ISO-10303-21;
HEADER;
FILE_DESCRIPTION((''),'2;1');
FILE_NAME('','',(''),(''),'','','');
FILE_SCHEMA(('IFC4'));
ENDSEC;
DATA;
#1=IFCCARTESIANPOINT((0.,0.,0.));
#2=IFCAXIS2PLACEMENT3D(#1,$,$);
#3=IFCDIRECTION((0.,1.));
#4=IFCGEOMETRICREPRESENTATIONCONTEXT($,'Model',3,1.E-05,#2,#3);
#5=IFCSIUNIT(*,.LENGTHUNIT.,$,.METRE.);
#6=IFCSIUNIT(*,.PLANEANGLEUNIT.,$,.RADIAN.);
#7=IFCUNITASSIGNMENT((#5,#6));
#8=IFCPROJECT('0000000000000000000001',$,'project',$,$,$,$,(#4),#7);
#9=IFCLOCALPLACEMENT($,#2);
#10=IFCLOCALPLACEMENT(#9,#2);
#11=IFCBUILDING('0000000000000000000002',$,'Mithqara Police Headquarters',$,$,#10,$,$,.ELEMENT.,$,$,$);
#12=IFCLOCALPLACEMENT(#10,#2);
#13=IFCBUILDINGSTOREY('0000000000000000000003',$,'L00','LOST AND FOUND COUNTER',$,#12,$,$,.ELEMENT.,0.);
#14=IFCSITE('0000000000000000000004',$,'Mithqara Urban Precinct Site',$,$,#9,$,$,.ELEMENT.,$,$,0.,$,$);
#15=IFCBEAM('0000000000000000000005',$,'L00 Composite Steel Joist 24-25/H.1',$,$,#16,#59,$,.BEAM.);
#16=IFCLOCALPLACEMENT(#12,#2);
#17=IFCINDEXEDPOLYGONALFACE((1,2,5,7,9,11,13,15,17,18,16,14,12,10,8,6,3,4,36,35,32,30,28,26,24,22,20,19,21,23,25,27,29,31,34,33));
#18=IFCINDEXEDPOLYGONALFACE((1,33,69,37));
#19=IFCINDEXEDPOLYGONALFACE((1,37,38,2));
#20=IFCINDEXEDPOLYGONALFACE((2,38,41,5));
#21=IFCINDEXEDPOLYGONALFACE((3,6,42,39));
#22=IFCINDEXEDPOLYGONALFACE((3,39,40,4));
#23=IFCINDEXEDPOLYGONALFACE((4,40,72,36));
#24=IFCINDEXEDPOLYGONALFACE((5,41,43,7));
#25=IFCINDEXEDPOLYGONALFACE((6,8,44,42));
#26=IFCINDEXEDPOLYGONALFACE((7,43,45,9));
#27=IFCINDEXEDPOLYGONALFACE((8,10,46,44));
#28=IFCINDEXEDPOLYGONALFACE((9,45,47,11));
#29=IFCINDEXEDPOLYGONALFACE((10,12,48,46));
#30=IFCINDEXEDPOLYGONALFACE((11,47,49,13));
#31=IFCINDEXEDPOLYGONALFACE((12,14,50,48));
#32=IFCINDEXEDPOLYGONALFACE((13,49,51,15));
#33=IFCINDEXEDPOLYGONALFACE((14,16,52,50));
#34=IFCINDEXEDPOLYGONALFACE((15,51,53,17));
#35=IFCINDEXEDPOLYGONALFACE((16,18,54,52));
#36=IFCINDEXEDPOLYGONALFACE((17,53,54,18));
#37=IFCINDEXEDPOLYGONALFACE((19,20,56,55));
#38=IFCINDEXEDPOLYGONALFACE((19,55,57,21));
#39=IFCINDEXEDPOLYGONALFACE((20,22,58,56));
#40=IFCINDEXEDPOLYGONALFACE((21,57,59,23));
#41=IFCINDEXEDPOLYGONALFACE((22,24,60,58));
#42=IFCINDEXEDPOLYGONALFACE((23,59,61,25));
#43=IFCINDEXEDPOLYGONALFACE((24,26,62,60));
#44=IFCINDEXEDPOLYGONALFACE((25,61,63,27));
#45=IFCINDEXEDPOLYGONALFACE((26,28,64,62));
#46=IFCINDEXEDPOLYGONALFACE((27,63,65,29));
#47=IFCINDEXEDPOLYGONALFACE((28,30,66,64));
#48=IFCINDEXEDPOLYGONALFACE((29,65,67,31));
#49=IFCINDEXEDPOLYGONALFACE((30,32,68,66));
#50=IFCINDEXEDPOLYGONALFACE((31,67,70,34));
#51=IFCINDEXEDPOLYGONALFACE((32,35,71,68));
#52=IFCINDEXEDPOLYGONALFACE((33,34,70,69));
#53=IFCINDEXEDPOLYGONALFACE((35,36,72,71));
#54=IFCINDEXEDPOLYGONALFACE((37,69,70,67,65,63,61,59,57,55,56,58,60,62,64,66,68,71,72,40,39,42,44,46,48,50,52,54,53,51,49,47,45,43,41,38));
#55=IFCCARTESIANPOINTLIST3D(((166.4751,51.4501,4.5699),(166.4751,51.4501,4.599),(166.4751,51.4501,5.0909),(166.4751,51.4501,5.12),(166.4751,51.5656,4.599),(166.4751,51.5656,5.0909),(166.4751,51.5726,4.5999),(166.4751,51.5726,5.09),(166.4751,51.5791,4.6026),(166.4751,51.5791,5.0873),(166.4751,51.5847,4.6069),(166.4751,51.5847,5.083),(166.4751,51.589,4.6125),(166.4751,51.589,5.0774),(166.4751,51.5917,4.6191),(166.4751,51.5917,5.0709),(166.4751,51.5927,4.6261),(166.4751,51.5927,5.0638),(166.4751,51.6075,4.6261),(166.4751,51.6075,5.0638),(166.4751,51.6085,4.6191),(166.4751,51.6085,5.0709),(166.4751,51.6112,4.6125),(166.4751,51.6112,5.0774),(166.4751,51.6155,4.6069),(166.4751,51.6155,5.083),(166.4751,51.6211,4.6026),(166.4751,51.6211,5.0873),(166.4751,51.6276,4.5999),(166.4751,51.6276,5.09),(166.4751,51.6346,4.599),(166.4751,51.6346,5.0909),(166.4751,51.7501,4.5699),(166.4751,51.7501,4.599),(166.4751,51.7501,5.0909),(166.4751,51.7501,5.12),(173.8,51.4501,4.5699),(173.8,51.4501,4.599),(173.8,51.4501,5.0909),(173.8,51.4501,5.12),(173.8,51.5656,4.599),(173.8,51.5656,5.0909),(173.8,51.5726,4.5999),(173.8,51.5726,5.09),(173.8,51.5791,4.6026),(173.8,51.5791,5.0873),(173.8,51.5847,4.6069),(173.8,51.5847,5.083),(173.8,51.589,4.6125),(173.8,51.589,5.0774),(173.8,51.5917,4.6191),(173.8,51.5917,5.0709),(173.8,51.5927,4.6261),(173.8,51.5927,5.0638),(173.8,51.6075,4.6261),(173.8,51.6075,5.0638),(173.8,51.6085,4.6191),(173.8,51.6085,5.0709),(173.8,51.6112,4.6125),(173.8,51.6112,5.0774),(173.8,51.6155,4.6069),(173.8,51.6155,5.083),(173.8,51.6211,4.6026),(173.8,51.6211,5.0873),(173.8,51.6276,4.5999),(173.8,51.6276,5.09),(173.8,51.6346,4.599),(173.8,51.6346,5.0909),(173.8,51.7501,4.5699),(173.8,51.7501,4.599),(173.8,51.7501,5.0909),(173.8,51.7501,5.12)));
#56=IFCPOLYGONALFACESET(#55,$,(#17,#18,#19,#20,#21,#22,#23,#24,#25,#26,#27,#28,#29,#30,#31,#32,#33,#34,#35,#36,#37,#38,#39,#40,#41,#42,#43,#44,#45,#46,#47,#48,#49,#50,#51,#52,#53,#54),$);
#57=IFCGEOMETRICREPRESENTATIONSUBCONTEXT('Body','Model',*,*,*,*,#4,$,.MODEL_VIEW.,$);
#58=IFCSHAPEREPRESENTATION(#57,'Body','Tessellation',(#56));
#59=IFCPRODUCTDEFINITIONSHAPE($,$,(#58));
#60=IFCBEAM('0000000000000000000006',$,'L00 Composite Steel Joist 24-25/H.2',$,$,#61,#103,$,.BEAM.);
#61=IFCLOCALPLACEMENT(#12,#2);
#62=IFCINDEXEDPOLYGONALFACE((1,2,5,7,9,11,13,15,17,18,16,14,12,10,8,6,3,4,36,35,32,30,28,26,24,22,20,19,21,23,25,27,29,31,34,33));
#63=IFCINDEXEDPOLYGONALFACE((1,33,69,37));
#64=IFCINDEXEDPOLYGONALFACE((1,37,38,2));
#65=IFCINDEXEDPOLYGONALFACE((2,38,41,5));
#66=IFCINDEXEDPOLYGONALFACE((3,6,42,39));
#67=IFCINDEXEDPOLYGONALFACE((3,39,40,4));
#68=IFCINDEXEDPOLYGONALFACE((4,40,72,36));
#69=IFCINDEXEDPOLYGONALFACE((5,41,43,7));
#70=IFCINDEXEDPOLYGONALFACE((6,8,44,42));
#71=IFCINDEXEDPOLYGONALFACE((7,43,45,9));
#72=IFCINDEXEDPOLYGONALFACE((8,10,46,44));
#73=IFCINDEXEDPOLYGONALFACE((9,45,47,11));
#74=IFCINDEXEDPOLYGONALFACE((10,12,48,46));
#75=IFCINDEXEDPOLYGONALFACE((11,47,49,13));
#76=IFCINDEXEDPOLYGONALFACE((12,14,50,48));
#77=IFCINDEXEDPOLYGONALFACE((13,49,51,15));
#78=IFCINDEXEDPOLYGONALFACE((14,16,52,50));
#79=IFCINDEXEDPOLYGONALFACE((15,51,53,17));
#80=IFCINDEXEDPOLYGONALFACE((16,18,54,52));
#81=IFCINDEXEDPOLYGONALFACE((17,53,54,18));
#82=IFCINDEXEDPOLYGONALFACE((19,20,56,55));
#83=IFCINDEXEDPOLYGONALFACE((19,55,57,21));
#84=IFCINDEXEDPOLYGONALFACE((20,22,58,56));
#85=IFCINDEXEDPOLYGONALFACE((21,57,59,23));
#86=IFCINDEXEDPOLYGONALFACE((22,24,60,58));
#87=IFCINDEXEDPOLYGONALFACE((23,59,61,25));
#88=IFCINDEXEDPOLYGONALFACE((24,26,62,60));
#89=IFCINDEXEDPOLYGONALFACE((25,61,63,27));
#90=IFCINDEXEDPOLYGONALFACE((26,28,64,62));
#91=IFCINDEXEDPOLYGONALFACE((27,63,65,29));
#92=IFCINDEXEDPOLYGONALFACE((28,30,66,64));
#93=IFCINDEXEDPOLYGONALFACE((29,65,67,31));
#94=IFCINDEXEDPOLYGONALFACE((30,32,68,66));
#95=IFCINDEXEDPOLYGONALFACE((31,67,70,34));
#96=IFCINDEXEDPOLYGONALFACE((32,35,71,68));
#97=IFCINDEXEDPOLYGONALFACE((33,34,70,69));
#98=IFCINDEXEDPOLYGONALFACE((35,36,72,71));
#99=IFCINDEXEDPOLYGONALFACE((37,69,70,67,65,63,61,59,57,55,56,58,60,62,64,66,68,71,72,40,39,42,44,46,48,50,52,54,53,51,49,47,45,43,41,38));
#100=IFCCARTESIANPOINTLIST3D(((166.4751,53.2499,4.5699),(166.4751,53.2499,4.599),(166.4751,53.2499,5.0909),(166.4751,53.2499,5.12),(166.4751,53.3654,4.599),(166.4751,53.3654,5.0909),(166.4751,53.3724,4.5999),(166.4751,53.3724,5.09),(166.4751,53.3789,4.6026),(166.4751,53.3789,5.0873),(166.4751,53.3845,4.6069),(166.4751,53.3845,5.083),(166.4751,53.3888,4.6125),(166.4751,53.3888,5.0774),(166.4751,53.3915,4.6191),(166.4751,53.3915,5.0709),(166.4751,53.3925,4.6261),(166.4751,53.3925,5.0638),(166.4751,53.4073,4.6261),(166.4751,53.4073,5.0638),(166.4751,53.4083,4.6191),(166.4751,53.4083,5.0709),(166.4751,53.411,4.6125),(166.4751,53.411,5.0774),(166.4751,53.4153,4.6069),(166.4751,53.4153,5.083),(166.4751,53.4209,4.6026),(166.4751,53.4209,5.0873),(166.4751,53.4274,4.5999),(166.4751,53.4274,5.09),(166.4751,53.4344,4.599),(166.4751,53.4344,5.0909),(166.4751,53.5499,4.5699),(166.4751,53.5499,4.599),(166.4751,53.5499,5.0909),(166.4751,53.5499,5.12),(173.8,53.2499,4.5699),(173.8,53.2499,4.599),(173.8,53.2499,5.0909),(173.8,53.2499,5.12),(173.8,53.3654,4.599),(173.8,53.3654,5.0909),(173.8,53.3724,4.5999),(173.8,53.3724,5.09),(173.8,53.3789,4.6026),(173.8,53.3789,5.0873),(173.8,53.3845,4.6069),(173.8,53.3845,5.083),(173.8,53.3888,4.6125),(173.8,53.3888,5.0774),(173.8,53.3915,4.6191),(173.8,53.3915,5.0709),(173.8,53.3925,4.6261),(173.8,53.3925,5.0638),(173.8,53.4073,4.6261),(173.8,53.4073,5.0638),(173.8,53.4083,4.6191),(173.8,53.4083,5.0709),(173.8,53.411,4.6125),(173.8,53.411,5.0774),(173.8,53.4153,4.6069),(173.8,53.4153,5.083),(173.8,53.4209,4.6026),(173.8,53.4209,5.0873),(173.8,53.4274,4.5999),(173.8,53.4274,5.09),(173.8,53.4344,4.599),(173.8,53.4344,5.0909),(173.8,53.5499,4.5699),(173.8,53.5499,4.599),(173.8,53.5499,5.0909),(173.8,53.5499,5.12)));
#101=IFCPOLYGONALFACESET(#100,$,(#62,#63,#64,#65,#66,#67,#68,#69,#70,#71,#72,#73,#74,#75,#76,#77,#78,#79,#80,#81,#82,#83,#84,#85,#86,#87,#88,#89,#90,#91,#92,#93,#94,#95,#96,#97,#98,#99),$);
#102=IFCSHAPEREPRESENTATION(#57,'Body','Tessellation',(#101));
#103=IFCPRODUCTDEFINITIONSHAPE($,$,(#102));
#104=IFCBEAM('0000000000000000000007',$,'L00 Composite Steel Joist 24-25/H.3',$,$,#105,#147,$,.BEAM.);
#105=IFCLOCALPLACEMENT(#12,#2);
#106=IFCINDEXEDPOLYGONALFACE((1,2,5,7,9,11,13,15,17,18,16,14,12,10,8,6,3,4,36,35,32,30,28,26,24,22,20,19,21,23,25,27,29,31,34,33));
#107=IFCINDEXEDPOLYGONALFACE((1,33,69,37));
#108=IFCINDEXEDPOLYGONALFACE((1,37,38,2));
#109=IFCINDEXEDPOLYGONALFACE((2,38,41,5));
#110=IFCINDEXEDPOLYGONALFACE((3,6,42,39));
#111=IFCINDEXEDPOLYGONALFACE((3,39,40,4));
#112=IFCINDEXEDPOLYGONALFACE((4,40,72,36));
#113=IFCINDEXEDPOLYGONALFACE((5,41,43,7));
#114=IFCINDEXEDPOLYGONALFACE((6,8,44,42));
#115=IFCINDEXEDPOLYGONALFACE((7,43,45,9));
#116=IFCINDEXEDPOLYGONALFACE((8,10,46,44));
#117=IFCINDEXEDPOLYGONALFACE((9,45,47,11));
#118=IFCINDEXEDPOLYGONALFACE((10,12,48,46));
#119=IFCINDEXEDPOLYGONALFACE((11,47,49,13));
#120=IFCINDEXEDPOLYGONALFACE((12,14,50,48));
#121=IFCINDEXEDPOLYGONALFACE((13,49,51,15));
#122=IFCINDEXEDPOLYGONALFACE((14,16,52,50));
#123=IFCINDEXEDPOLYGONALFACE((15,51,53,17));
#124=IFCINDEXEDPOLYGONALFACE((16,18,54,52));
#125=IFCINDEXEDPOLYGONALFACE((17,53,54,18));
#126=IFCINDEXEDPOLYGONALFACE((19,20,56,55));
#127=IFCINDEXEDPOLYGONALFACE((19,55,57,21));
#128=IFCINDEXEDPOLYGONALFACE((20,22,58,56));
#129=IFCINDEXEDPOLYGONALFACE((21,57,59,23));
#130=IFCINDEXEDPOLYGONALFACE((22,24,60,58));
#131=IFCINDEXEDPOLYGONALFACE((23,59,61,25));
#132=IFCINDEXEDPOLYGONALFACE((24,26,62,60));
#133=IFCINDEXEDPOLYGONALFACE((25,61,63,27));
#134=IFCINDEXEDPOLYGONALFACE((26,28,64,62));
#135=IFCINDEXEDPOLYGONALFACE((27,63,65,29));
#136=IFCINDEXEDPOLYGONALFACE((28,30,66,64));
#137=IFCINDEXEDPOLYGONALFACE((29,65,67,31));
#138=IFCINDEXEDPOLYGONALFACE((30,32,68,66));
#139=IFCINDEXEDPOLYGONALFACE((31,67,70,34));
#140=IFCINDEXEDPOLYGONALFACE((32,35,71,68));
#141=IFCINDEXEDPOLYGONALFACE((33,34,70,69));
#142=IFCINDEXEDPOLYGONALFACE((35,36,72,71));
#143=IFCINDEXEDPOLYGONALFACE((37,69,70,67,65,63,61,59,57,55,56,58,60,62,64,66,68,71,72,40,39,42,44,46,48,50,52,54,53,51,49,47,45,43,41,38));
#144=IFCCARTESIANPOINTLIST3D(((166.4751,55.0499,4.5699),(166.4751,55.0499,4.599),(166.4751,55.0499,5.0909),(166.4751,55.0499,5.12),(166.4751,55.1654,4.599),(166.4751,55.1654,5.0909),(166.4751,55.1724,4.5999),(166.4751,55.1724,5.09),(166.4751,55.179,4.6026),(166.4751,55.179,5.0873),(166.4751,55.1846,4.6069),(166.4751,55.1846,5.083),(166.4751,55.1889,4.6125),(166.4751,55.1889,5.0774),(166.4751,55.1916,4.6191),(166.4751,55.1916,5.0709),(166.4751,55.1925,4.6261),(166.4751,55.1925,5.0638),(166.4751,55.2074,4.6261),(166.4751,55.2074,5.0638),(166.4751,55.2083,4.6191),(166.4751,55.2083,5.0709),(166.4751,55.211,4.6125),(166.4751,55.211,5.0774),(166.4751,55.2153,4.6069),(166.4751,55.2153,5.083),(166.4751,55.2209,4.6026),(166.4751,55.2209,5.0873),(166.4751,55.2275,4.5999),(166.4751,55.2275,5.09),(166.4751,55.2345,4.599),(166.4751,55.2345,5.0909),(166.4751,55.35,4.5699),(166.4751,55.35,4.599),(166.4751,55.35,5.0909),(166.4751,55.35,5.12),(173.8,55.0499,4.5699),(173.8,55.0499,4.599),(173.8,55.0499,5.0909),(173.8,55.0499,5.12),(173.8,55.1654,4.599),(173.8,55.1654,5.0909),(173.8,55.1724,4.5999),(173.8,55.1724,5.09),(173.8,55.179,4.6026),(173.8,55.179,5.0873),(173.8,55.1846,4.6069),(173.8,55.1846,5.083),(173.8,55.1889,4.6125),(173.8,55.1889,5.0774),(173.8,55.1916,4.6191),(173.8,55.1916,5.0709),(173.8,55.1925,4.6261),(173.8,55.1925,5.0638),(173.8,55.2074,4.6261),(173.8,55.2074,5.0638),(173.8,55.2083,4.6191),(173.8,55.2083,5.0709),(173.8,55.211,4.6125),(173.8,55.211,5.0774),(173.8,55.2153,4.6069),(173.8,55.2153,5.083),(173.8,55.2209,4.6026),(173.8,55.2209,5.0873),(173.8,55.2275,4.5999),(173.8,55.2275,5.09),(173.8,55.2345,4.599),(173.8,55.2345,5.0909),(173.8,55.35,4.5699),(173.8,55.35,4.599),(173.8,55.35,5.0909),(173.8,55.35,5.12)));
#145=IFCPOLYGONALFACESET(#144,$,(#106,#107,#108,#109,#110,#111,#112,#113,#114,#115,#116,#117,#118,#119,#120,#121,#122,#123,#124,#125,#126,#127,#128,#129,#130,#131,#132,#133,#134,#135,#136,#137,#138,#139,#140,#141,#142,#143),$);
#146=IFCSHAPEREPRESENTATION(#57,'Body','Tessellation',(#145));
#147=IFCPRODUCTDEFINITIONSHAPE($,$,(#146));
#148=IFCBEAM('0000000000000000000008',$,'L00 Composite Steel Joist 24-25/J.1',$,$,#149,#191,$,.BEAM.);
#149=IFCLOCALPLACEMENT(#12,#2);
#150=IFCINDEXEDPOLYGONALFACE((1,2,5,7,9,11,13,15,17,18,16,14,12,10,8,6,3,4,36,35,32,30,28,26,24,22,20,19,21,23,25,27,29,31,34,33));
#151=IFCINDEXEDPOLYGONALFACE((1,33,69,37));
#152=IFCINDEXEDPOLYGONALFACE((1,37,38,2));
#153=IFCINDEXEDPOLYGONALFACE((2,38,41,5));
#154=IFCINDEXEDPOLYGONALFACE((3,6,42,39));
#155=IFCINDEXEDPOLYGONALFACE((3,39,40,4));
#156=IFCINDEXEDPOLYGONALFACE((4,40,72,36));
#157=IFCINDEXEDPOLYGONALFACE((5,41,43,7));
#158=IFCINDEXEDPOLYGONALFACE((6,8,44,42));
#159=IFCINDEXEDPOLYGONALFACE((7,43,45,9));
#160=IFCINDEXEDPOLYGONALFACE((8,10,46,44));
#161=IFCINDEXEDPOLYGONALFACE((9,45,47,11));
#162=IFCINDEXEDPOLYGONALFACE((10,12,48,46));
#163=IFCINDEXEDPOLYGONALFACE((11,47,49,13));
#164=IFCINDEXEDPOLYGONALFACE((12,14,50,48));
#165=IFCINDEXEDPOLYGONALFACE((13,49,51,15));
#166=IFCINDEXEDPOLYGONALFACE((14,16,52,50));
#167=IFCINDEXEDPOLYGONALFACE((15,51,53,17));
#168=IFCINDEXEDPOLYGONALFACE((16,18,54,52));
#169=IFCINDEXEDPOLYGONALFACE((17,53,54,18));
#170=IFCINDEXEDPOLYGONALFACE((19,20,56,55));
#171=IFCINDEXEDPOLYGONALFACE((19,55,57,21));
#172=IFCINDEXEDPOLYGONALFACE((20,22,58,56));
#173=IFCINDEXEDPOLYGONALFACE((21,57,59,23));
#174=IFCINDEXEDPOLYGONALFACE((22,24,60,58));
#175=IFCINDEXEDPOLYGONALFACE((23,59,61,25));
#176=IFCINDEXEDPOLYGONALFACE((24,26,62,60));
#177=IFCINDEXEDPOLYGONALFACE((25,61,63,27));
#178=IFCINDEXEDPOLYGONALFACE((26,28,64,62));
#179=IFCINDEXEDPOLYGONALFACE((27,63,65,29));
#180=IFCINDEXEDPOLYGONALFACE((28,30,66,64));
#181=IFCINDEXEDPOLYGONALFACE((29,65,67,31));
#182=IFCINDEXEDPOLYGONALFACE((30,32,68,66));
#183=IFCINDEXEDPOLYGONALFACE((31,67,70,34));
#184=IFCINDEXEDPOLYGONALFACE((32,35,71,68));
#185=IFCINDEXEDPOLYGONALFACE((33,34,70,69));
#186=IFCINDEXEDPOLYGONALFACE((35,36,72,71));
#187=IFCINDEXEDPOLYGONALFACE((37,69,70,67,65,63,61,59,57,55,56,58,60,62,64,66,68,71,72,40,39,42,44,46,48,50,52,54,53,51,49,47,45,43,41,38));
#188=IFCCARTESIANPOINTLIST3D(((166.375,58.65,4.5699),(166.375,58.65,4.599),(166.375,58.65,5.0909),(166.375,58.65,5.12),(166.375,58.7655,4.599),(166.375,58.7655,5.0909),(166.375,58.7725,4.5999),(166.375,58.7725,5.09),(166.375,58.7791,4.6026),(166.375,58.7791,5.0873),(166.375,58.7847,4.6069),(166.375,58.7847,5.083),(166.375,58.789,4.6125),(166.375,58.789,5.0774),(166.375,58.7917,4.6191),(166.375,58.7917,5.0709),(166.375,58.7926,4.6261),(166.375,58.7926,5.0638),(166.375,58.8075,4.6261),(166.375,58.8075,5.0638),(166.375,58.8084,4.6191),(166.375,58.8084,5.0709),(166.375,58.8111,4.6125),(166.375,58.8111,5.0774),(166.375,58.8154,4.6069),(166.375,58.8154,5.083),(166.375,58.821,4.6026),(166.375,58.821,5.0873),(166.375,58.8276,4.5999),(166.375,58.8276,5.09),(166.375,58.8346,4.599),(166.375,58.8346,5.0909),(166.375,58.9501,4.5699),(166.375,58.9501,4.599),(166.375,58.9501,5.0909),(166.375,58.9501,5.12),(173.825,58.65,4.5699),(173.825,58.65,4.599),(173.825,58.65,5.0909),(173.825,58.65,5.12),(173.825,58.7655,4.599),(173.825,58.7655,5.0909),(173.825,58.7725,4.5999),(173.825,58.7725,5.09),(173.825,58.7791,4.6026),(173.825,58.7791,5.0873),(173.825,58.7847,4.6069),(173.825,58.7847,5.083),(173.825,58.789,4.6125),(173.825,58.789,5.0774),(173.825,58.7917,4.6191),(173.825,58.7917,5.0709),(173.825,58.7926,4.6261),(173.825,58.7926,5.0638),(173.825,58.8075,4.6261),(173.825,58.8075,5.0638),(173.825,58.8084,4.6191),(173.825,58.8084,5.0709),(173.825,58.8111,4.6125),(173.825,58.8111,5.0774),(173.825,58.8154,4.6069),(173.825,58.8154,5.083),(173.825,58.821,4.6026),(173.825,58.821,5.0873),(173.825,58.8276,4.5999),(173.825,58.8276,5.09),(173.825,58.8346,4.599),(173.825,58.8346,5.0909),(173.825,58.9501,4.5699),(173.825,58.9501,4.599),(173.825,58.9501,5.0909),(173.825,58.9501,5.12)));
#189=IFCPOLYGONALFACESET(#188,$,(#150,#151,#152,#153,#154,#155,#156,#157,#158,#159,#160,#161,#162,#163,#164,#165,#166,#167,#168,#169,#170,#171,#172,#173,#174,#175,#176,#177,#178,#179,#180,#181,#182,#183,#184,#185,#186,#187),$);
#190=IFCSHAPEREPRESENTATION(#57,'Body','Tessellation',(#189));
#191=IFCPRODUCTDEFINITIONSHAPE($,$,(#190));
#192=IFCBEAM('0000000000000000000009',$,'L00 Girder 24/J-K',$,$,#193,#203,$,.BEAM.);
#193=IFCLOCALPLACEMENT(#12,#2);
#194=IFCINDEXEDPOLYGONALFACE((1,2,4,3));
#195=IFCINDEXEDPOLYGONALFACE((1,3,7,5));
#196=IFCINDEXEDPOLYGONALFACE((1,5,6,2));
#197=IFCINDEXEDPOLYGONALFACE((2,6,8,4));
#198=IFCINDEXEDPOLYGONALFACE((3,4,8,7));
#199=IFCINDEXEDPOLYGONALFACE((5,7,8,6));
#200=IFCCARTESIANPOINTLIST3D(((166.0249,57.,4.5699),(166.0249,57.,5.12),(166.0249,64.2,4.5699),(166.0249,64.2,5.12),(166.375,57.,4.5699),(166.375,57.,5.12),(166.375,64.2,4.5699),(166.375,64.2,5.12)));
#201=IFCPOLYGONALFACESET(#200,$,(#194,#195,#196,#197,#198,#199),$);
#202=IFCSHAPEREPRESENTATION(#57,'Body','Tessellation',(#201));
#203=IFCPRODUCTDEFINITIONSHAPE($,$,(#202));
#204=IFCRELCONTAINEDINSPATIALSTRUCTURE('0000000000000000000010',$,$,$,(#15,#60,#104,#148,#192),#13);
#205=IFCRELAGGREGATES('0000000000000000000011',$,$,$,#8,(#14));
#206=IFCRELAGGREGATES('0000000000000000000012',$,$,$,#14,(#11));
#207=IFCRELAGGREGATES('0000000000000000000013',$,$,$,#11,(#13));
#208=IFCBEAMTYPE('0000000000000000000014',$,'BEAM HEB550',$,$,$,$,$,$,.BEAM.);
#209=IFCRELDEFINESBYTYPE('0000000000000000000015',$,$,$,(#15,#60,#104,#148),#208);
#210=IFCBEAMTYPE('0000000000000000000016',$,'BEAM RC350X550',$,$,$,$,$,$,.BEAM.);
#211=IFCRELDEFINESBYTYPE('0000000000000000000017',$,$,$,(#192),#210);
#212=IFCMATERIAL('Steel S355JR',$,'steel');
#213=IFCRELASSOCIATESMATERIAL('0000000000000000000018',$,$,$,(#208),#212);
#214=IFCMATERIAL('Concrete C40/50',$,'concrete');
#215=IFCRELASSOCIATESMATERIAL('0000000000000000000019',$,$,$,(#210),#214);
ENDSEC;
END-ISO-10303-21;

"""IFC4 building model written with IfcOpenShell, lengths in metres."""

from ifc_helpers import new_model, si_unit, direction, frame, origin, origin_2d, place, context, subcontext, project, spatial, rectangle, i_section, extrude, material, material_profile, profile_set, type_object, element, save


model = new_model("IFC4")

# Units and contexts
model_context = context("Model", 3, precision=1e-05, world=origin(), true_north=direction((0.0, 1.0)))
body_context = subcontext(model_context, "Body", "Model", "MODEL_VIEW")
ifc_project = project(units=[si_unit("LENGTHUNIT", "METRE"), si_unit("PLANEANGLEUNIT", "RADIAN")], contexts=[model_context])

# Site, building, storey
site_placement = place(None, origin())
site = spatial("IfcSite", under=ifc_project, at=site_placement, Name="Mithqara Urban Precinct Site", CompositionType="ELEMENT", RefElevation=0.0)
building_placement = place(site_placement, origin())
building = spatial("IfcBuilding", under=site, at=building_placement, Name="Mithqara Police Headquarters", CompositionType="ELEMENT")
storey_placement = place(building_placement, origin())
storey = spatial("IfcBuildingStorey", under=building, at=storey_placement, Name="L00", Description="LOST AND FOUND COUNTER", CompositionType="ELEMENT", Elevation=0.0)

# Shared definitions
ifc_material_1 = material(Name="Concrete C40/50", Category="concrete")

# Beams
ifc_material_2 = material(Name="Steel S355JR", Category="steel")
ifc_material_profile_1 = material_profile(ifc_material_2, i_section(OverallWidth=0.3, OverallDepth=0.55, WebThickness=0.0149, FlangeThickness=0.0291, FilletRadius=0.0271, at=origin_2d()), Name="HEB 550")
ifc_profile_set_1 = profile_set([ifc_material_profile_1], Name="Steel S355JR")
beam_type_1 = type_object("IfcBeamType", Name="BEAM HEB550", PredefinedType="BEAM", material=ifc_profile_set_1)
for number, where, z_axis, x_axis, name in (
    (1, (166.4751, 51.6001, 4.845), (1.0, 0.0, 0.0), (0.0, 1.0, 0.0), "L00 Composite Steel Joist 24-25/H.1"),
    (2, (166.4751, 53.3999, 4.845), (1.0, 0.0, 0.0), (0.0, 1.0, 0.0), "L00 Composite Steel Joist 24-25/H.2"),
    (3, (166.4751, 55.2, 4.845), (1.0, 0.0, 0.0), (0.0, 1.0, 0.0), "L00 Composite Steel Joist 24-25/H.3"),
):
    element("IfcBeam", number, at=place(storey_placement, frame(where, z_axis=z_axis, x_axis=x_axis)), inside=storey, type_object=beam_type_1, Name=name, PredefinedType="BEAM", context=body_context, shape_type="SweptSolid", body=[
        extrude(i_section(OverallWidth=0.3, OverallDepth=0.55, WebThickness=0.0149, FlangeThickness=0.0291, FilletRadius=0.0271, at=origin_2d()), origin(), (0.0, 0.0, 1.0), 7.325),
    ])
beam_1_placement = place(storey_placement, frame((166.375, 58.8, 4.845), z_axis=(1.0, 0.0, 0.0), x_axis=(0.0, 1.0, 0.0)))
element("IfcBeam", 4, at=beam_1_placement, inside=storey, type_object=beam_type_1, Name="L00 Composite Steel Joist 24-25/J.1", PredefinedType="BEAM", context=body_context, shape_type="SweptSolid", body=[
    extrude(i_section(OverallWidth=0.3, OverallDepth=0.55, WebThickness=0.0149, FlangeThickness=0.0291, FilletRadius=0.0271, at=origin_2d()), origin(), (0.0, 0.0, 1.0), 7.45),
])
ifc_material_profile_2 = material_profile(ifc_material_1, rectangle(XDim=0.3501, YDim=0.55, at=origin_2d()), Name="RC 350x550")
ifc_profile_set_2 = profile_set([ifc_material_profile_2], Name="Concrete C40/50")
beam_type_2 = type_object("IfcBeamType", Name="BEAM RC350X550", PredefinedType="BEAM", material=ifc_profile_set_2)
beam_2_placement = place(storey_placement, frame((166.2, 57.0, 4.845), z_axis=(0.0, 1.0, 0.0), x_axis=(-1.0, 0.0, 0.0)))
element("IfcBeam", 5, at=beam_2_placement, inside=storey, type_object=beam_type_2, Name="L00 Girder 24/J-K", PredefinedType="BEAM", context=body_context, shape_type="SweptSolid", body=[
    extrude(rectangle(XDim=0.3501, YDim=0.55, at=origin_2d()), origin(), (0.0, 0.0, 1.0), 7.2),
])

save(model, "model.ifc")
